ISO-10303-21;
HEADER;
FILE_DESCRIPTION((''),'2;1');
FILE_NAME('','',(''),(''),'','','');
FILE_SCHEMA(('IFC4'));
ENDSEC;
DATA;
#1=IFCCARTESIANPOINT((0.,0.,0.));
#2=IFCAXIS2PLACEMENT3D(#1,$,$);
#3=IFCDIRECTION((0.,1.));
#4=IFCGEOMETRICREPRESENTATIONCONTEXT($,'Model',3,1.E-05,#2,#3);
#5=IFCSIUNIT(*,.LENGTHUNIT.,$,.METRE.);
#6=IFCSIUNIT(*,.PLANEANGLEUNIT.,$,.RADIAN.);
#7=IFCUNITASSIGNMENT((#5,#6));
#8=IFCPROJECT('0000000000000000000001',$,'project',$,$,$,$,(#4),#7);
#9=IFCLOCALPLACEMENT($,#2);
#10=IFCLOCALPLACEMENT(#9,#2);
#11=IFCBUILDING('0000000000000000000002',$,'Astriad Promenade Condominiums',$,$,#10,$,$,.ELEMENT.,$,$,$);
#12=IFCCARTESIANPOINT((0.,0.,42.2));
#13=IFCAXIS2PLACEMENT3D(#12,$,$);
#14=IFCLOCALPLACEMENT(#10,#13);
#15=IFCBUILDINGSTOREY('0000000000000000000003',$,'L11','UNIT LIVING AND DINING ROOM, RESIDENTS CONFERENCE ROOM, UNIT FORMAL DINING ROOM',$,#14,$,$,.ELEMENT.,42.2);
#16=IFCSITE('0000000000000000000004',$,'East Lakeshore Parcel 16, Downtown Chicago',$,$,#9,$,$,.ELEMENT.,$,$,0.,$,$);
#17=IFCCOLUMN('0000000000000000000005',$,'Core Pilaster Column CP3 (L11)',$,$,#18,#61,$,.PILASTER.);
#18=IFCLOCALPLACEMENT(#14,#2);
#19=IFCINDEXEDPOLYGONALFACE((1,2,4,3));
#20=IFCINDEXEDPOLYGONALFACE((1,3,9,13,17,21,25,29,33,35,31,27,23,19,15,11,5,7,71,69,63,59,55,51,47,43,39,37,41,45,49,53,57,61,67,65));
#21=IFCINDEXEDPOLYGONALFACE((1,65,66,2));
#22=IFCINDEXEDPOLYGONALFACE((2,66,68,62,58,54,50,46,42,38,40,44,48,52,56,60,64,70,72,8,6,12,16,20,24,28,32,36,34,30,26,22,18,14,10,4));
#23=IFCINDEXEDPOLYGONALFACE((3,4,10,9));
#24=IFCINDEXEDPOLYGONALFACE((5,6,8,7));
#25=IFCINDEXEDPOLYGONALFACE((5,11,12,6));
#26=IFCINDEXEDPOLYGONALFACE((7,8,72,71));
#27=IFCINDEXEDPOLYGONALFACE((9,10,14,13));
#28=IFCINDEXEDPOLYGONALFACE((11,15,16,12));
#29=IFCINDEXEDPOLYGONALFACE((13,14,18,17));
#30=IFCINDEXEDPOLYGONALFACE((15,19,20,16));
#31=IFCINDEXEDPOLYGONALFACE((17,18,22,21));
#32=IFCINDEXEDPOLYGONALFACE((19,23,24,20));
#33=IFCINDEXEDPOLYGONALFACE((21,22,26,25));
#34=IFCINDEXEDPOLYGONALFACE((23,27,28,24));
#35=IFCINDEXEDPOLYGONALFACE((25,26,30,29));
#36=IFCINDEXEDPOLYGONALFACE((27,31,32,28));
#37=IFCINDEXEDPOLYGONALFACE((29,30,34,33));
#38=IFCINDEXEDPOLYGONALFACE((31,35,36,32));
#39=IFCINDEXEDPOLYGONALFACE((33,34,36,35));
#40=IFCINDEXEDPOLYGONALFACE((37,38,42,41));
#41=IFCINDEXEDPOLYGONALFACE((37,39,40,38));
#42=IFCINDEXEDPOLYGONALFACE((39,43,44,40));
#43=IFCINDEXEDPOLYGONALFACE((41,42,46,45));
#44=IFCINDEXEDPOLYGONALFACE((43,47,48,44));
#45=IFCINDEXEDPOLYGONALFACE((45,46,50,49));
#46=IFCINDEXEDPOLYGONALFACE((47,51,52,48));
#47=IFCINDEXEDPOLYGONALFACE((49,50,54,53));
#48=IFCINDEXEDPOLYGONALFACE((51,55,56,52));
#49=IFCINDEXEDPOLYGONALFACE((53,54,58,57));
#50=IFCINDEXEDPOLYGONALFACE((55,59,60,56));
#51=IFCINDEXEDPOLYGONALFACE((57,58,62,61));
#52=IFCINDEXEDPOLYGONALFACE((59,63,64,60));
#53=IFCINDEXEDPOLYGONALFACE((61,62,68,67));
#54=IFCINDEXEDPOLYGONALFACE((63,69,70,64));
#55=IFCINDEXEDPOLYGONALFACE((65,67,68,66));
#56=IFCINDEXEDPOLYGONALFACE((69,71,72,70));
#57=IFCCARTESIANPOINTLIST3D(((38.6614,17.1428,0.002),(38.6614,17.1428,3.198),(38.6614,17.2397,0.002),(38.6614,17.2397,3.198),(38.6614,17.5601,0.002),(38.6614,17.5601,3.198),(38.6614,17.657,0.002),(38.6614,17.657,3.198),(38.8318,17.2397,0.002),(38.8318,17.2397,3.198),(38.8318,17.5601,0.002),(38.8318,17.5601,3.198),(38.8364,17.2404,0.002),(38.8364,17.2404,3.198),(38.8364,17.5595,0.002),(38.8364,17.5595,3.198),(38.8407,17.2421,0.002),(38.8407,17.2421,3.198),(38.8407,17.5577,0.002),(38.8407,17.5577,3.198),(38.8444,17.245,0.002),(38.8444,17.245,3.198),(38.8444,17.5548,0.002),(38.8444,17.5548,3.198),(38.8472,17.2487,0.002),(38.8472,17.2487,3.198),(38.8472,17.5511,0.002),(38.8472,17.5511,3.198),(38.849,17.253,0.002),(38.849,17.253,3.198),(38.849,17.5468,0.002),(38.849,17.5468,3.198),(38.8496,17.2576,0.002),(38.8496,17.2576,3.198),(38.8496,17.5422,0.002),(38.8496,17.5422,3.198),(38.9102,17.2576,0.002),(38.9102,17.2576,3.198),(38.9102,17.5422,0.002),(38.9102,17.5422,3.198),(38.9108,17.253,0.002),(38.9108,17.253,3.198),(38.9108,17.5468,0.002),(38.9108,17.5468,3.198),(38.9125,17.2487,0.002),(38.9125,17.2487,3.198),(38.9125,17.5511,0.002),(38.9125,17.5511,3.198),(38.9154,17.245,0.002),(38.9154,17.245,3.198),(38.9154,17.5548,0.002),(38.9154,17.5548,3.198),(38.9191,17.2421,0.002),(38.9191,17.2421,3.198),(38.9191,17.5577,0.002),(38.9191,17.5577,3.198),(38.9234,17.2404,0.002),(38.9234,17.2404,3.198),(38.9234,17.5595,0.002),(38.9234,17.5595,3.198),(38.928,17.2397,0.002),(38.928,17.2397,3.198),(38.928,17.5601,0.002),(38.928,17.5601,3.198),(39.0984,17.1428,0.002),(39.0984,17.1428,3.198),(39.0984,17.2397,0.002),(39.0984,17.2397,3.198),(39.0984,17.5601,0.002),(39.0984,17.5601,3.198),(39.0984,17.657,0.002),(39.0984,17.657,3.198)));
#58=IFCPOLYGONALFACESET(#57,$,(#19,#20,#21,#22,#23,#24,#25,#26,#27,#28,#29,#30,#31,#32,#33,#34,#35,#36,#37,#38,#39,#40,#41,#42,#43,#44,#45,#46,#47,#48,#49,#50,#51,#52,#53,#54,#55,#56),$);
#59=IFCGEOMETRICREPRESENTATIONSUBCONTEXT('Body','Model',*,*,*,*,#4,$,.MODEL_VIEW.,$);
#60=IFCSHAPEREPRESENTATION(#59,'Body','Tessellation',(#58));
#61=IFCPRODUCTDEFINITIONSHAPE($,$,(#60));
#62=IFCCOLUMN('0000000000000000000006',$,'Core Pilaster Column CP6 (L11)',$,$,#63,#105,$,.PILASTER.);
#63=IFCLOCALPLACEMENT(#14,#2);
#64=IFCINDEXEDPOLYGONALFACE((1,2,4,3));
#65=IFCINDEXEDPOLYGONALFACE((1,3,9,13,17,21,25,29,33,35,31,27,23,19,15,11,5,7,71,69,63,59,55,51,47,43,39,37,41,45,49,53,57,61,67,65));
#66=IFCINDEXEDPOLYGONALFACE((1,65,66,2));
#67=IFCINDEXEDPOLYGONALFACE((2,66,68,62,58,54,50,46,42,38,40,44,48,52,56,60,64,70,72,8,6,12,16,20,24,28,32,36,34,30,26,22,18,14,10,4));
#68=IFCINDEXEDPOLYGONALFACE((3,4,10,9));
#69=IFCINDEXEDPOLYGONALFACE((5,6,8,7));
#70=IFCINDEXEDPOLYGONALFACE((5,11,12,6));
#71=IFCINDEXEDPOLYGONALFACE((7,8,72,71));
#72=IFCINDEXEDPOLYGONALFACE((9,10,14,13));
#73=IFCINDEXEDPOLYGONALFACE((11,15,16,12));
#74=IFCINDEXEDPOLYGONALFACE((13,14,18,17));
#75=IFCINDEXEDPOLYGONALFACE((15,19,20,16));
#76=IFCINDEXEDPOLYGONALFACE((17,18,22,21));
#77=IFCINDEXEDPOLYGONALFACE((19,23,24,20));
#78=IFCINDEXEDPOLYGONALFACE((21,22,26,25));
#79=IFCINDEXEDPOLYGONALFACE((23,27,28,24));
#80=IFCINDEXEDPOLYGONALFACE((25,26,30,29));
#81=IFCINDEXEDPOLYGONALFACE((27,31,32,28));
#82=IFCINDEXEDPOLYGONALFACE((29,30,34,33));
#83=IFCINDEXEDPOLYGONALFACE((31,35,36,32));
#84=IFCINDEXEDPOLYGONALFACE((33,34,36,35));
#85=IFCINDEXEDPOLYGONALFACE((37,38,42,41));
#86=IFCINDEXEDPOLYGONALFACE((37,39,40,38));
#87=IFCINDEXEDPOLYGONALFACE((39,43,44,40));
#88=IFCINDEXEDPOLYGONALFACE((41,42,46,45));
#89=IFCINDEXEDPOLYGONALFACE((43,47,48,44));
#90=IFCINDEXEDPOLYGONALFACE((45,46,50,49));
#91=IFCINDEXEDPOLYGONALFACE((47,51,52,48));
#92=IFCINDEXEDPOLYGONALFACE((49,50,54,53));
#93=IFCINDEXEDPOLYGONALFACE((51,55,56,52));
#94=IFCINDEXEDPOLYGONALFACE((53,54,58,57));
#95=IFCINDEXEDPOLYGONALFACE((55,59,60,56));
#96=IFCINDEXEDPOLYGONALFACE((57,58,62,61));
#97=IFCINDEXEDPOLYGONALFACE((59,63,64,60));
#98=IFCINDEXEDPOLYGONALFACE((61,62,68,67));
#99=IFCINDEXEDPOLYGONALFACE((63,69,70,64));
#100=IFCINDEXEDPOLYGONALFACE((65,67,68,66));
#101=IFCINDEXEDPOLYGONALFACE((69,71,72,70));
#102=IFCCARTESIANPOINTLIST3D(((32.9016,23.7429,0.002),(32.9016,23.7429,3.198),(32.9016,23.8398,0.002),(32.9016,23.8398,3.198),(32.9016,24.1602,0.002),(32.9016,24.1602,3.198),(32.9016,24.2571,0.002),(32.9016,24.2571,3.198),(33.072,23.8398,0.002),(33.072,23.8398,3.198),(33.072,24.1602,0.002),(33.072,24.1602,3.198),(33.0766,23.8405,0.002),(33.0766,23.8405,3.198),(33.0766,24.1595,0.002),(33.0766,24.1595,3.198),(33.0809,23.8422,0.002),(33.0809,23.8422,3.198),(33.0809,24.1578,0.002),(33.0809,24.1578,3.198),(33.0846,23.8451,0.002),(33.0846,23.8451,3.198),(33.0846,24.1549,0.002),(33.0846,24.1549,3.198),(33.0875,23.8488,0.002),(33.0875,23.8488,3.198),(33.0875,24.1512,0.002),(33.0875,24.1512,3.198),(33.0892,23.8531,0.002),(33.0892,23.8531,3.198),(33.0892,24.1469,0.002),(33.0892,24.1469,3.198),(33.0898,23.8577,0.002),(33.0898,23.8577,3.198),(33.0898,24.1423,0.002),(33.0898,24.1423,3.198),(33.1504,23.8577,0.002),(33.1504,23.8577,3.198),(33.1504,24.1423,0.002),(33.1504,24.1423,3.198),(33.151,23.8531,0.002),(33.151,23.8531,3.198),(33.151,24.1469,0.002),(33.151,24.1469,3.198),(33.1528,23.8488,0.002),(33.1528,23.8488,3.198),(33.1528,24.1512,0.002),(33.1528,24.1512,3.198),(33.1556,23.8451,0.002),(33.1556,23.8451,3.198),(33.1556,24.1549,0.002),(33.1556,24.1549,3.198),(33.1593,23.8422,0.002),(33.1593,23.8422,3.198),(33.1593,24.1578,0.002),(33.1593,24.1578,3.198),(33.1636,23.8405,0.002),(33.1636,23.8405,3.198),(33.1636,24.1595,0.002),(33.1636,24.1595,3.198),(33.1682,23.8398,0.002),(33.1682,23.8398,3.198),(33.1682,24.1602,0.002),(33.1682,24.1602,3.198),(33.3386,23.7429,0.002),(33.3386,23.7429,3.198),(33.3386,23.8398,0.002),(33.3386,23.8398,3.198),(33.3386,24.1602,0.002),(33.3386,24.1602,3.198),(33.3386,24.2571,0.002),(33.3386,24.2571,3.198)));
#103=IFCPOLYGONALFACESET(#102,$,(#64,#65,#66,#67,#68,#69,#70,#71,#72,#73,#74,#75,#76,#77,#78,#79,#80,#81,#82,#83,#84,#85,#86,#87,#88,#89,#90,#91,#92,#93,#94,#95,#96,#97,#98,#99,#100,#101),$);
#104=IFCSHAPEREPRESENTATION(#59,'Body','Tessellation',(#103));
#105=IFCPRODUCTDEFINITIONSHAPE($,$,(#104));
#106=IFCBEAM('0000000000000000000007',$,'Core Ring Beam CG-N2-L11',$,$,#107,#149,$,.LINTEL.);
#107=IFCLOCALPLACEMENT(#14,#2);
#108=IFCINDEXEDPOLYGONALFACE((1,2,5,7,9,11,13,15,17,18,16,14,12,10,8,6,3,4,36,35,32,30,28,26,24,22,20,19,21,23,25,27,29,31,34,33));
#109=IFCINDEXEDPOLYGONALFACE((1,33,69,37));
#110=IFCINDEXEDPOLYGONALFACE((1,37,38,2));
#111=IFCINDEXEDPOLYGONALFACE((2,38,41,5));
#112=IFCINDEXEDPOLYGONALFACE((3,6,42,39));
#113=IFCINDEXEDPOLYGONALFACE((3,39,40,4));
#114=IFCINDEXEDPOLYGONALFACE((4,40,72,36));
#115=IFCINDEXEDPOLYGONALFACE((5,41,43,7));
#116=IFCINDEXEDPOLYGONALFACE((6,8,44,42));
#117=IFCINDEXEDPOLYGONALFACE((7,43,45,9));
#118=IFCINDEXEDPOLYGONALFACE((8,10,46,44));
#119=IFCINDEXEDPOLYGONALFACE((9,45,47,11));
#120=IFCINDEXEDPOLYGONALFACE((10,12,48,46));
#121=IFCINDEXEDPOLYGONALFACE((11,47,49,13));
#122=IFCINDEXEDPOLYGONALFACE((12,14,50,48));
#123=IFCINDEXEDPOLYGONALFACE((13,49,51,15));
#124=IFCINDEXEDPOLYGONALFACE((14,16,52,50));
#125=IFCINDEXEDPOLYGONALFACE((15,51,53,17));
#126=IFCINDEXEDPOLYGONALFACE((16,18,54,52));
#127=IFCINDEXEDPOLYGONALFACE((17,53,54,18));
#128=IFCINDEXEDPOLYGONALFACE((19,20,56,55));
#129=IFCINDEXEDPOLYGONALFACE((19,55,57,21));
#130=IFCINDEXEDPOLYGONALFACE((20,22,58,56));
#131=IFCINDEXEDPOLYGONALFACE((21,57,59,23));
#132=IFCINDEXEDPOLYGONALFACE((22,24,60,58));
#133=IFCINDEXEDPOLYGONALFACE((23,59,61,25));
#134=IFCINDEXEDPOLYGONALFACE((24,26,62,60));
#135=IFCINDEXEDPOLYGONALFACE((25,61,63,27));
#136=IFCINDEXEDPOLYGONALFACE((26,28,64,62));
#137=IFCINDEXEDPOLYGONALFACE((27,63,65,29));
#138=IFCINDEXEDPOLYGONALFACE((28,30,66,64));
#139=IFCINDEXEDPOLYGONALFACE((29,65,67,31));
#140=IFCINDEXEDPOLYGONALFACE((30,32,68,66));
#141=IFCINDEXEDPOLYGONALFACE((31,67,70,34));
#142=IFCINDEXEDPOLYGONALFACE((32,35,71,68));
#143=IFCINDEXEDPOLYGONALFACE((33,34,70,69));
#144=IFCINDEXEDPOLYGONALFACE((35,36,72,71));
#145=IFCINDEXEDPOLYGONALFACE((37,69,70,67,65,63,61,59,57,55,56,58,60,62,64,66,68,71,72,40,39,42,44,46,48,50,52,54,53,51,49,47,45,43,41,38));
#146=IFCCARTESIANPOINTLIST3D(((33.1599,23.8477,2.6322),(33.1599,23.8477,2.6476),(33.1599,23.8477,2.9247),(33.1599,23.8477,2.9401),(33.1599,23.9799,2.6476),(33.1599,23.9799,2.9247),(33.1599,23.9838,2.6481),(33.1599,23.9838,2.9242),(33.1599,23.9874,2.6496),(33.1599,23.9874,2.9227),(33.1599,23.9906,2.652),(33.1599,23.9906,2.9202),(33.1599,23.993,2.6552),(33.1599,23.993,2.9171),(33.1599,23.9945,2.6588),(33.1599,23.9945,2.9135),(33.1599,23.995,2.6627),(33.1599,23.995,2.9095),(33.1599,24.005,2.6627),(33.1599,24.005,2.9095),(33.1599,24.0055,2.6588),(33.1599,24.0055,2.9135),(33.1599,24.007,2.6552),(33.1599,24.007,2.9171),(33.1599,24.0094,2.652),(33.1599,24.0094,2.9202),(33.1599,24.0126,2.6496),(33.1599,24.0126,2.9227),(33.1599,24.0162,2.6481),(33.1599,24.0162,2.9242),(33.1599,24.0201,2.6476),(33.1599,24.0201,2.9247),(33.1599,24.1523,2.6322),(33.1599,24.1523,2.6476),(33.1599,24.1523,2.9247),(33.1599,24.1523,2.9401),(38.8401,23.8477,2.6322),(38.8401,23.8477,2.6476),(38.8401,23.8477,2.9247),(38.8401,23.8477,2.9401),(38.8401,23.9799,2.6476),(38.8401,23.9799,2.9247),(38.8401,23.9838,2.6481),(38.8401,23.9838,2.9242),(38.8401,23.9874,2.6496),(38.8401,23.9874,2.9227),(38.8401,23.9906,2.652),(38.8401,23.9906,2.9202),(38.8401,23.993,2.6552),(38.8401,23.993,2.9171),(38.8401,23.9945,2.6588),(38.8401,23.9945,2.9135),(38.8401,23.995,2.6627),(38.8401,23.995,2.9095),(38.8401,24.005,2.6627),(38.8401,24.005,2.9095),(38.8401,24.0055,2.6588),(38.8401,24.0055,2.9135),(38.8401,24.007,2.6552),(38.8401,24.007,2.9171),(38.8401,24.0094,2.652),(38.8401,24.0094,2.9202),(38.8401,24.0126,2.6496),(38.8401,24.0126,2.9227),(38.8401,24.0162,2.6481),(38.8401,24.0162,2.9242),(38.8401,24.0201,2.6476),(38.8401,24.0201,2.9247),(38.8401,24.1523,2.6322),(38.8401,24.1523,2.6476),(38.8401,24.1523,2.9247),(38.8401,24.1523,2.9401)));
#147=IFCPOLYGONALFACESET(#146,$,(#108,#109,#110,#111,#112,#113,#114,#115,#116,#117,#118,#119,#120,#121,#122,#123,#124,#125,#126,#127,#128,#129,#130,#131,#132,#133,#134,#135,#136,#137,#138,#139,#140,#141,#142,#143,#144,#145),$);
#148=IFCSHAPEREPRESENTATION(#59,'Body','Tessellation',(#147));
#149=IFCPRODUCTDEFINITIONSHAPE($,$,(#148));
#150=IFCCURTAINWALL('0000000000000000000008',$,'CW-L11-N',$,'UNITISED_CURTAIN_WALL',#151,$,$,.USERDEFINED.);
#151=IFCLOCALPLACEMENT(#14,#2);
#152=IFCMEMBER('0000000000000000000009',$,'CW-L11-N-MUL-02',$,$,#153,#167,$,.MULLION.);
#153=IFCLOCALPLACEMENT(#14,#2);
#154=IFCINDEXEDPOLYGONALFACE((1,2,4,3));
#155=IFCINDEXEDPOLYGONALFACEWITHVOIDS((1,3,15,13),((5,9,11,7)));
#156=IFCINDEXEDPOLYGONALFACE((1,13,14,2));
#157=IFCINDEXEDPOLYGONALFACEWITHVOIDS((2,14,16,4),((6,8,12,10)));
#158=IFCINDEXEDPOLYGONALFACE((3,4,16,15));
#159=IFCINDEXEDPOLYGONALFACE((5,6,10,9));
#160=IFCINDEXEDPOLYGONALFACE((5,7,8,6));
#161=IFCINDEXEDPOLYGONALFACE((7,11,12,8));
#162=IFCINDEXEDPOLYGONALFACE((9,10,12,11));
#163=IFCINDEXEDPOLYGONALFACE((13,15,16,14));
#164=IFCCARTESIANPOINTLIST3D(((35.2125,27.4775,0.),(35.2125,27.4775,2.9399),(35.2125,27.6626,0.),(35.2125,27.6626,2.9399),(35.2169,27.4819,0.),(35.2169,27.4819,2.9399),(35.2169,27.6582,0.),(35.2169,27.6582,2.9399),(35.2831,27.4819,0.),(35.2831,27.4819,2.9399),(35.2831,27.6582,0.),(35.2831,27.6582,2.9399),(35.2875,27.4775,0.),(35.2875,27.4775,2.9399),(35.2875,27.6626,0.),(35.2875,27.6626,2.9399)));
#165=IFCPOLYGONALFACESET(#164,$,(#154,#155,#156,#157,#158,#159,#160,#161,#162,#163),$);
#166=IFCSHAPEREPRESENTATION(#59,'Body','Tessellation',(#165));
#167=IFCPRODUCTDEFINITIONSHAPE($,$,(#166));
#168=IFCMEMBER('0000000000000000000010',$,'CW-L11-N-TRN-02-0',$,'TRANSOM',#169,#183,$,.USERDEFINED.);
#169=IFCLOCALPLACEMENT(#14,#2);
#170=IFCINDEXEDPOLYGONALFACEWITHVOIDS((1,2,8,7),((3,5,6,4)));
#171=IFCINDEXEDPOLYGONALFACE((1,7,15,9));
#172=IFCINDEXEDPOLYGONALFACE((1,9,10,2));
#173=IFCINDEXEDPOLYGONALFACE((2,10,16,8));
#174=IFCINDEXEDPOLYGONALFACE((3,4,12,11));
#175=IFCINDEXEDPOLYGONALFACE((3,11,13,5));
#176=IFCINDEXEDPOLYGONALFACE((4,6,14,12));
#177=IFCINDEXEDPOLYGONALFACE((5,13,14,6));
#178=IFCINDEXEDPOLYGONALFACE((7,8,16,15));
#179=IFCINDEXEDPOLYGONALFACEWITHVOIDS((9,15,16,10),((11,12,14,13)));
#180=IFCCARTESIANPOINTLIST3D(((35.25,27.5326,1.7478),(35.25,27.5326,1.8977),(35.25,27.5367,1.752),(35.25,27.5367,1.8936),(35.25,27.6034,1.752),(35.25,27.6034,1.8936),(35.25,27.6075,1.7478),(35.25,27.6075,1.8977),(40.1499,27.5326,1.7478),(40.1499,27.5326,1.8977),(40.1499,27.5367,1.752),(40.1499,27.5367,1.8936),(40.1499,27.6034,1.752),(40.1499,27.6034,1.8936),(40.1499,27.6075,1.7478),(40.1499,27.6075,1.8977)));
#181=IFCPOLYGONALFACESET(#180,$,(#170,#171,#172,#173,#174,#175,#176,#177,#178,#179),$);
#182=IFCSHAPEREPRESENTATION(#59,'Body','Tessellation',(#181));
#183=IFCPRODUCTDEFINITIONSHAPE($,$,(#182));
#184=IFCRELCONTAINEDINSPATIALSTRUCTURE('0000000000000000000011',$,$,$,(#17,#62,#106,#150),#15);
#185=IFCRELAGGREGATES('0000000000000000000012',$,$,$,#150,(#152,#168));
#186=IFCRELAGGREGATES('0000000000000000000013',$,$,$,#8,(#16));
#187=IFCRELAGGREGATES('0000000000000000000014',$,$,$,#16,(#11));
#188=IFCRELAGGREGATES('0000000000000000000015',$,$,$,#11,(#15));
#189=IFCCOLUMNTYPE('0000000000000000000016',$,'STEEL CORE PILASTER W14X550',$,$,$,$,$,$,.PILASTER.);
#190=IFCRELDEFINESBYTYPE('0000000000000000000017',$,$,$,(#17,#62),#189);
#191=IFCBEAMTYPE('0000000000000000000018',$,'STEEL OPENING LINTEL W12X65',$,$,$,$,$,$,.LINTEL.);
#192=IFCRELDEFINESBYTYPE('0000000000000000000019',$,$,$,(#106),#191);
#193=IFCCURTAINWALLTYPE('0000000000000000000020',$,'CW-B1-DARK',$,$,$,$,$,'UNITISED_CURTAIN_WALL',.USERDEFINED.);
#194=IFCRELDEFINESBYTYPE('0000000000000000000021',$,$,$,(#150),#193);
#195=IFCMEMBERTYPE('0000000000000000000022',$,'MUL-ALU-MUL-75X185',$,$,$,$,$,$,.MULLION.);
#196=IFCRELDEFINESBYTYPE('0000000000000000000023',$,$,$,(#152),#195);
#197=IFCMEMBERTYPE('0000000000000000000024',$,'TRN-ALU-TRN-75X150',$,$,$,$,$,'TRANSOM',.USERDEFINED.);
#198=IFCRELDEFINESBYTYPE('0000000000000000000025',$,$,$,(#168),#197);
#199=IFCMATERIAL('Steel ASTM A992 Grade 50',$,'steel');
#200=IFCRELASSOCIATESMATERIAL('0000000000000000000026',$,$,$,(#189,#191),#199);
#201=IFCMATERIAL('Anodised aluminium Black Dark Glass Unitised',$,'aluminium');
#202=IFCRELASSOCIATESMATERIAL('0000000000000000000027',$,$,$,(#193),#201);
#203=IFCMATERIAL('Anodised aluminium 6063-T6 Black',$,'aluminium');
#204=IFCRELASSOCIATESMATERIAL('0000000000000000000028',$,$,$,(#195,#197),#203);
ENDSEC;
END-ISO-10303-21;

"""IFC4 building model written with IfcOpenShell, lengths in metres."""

from ifc_helpers import new_model, si_unit, direction, frame, origin, origin_2d, place, context, subcontext, project, spatial, hollow_rectangle, i_section, extrude, source, transform, mapped, material, material_profile, profile_set, type_object, type_shapes, element, aggregate, save


model = new_model("IFC4")

# Units and contexts
model_context = context("Model", 3, precision=1e-05, world=origin(), true_north=direction((0.0, 1.0)))
body_context = subcontext(model_context, "Body", "Model", "MODEL_VIEW")
ifc_project = project(units=[si_unit("LENGTHUNIT", "METRE"), si_unit("PLANEANGLEUNIT", "RADIAN")], contexts=[model_context])

# Site, building, storey
site_placement = place(None, origin())
site = spatial("IfcSite", under=ifc_project, at=site_placement, Name="East Lakeshore Parcel 16, Downtown Chicago", CompositionType="ELEMENT", RefElevation=0.0)
building_placement = place(site_placement, origin())
building = spatial("IfcBuilding", under=site, at=building_placement, Name="Astriad Promenade Condominiums", CompositionType="ELEMENT")
storey_placement = place(building_placement, frame((0.0, 0.0, 42.2)))
storey = spatial("IfcBuildingStorey", under=building, at=storey_placement, Name="L11", Description="UNIT LIVING AND DINING ROOM, RESIDENTS CONFERENCE ROOM, UNIT FORMAL DINING ROOM", CompositionType="ELEMENT", Elevation=42.2)

# Columns
ifc_material_1 = material(Name="Steel ASTM A992 Grade 50", Category="steel")
ifc_material_profile_1 = material_profile(ifc_material_1, i_section(OverallWidth=0.437, OverallDepth=0.5142, WebThickness=0.0605, FlangeThickness=0.0969, FilletRadius=0.0178, at=origin_2d()), Name="W14X550")
ifc_profile_set_1 = profile_set([ifc_material_profile_1], Name="Steel ASTM A992 Grade 50")
column_type = type_object("IfcColumnType", Name="STEEL CORE PILASTER W14X550", PredefinedType="PILASTER", material=ifc_profile_set_1)
shared_shape_1 = source(origin(), body_context, "Body", "SweptSolid", [
    extrude(i_section(OverallWidth=0.437, OverallDepth=0.5142, WebThickness=0.0605, FlangeThickness=0.0969, FilletRadius=0.0178, at=origin_2d()), origin(), (0.0, 0.0, 1.0), 3.196),
])
type_shapes(column_type, [shared_shape_1])
for number, where, z_axis, x_axis, name in (
    (1, (38.8799, 17.3999, 0.002), (0.0, 0.0, 1.0), (1.0, 0.0, 0.0), "Core Pilaster Column CP3 (L11)"),
    (2, (33.1201, 24.0, 0.002), (0.0, 0.0, 1.0), (1.0, 0.0, 0.0), "Core Pilaster Column CP6 (L11)"),
):
    element("IfcColumn", number, at=place(storey_placement, frame(where, z_axis=z_axis, x_axis=x_axis)), inside=storey, type_object=column_type, Name=name, PredefinedType="PILASTER", context=body_context, shape_type="MappedRepresentation", body=[
        mapped(shared_shape_1, transform((0.0, 0.0, 0.0), scale=1.0)),
    ])

# Beam
ifc_material_profile_2 = material_profile(ifc_material_1, i_section(OverallWidth=0.3047, OverallDepth=0.3079, WebThickness=0.01, FlangeThickness=0.0154, FilletRadius=0.0151, at=origin_2d()), Name="W12X65")
ifc_profile_set_2 = profile_set([ifc_material_profile_2], Name="Steel ASTM A992 Grade 50")
beam_type = type_object("IfcBeamType", Name="STEEL OPENING LINTEL W12X65", PredefinedType="LINTEL", material=ifc_profile_set_2)
shared_shape_2 = source(origin(), body_context, "Body", "SweptSolid", [
    extrude(i_section(OverallWidth=0.3047, OverallDepth=0.3079, WebThickness=0.01, FlangeThickness=0.0154, FilletRadius=0.0151, at=origin_2d()), origin(), (0.0, 0.0, 1.0), 5.6802),
])
type_shapes(beam_type, [shared_shape_2])
beam_placement = place(storey_placement, frame((33.1599, 24.0, 2.7861), z_axis=(1.0, 0.0, 0.0), x_axis=(0.0, 1.0, 0.0)))
element("IfcBeam", 3, at=beam_placement, inside=storey, type_object=beam_type, Name="Core Ring Beam CG-N2-L11", PredefinedType="LINTEL", context=body_context, shape_type="MappedRepresentation", body=[
    mapped(shared_shape_2, transform((0.0, 0.0, 0.0), scale=1.0)),
])

# Curtain wall, members
ifc_material_2 = material(Name="Anodised aluminium Black Dark Glass Unitised", Category="aluminium")
curtain_wall_type = type_object("IfcCurtainWallType", Name="CW-B1-DARK", ElementType="UNITISED_CURTAIN_WALL", PredefinedType="USERDEFINED", material=ifc_material_2)
curtain_wall_placement = place(storey_placement, origin())
curtain_wall = element("IfcCurtainWall", 4, at=curtain_wall_placement, inside=storey, type_object=curtain_wall_type, Name="CW-L11-N", ObjectType="UNITISED_CURTAIN_WALL", PredefinedType="USERDEFINED")
ifc_material_3 = material(Name="Anodised aluminium 6063-T6 Black", Category="aluminium")
ifc_material_profile_3 = material_profile(ifc_material_3, hollow_rectangle(XDim=0.075, YDim=0.1851, WallThickness=0.0044, at=origin_2d()), Name="ALU-MUL-75X185")
ifc_profile_set_3 = profile_set([ifc_material_profile_3], Name="Anodised aluminium 6063-T6 Black")
member_type_1 = type_object("IfcMemberType", Name="MUL-ALU-MUL-75X185", PredefinedType="MULLION", material=ifc_profile_set_3)
shared_shape_3 = source(origin(), body_context, "Body", "SweptSolid", [
    extrude(hollow_rectangle(XDim=0.075, YDim=0.1851, WallThickness=0.0044, at=origin_2d()), origin(), (0.0, 0.0, 1.0), 2.9399),
])
type_shapes(member_type_1, [shared_shape_3])
member_1_placement = place(storey_placement, frame((35.25, 27.5701, 0.0), z_axis=(0.0, 0.0, 1.0), x_axis=(1.0, 0.0, 0.0)))
member_1 = element("IfcMember", 5, at=member_1_placement, type_object=member_type_1, Name="CW-L11-N-MUL-02", PredefinedType="MULLION", context=body_context, shape_type="MappedRepresentation", body=[
    mapped(shared_shape_3, transform((0.0, 0.0, 0.0), scale=1.0)),
])
ifc_material_profile_4 = material_profile(ifc_material_3, hollow_rectangle(XDim=0.075, YDim=0.1499, WallThickness=0.0042, at=origin_2d()), Name="ALU-TRN-75X150")
ifc_profile_set_4 = profile_set([ifc_material_profile_4], Name="Anodised aluminium 6063-T6 Black")
member_type_2 = type_object("IfcMemberType", Name="TRN-ALU-TRN-75X150", ElementType="TRANSOM", PredefinedType="USERDEFINED", material=ifc_profile_set_4)
shared_shape_4 = source(origin(), body_context, "Body", "SweptSolid", [
    extrude(hollow_rectangle(XDim=0.075, YDim=0.1499, WallThickness=0.0042, at=origin_2d()), origin(), (0.0, 0.0, 1.0), 4.8999),
])
type_shapes(member_type_2, [shared_shape_4])
member_2_placement = place(storey_placement, frame((35.25, 27.5701, 1.8228), z_axis=(1.0, 0.0, 0.0), x_axis=(0.0, 1.0, 0.0)))
member_2 = element("IfcMember", 6, at=member_2_placement, type_object=member_type_2, Name="CW-L11-N-TRN-02-0", ObjectType="TRANSOM", PredefinedType="USERDEFINED", context=body_context, shape_type="MappedRepresentation", body=[
    mapped(shared_shape_4, transform((0.0, 0.0, 0.0), scale=1.0)),
])
aggregate(curtain_wall, [member_1, member_2])

save(model, "model.ifc")
